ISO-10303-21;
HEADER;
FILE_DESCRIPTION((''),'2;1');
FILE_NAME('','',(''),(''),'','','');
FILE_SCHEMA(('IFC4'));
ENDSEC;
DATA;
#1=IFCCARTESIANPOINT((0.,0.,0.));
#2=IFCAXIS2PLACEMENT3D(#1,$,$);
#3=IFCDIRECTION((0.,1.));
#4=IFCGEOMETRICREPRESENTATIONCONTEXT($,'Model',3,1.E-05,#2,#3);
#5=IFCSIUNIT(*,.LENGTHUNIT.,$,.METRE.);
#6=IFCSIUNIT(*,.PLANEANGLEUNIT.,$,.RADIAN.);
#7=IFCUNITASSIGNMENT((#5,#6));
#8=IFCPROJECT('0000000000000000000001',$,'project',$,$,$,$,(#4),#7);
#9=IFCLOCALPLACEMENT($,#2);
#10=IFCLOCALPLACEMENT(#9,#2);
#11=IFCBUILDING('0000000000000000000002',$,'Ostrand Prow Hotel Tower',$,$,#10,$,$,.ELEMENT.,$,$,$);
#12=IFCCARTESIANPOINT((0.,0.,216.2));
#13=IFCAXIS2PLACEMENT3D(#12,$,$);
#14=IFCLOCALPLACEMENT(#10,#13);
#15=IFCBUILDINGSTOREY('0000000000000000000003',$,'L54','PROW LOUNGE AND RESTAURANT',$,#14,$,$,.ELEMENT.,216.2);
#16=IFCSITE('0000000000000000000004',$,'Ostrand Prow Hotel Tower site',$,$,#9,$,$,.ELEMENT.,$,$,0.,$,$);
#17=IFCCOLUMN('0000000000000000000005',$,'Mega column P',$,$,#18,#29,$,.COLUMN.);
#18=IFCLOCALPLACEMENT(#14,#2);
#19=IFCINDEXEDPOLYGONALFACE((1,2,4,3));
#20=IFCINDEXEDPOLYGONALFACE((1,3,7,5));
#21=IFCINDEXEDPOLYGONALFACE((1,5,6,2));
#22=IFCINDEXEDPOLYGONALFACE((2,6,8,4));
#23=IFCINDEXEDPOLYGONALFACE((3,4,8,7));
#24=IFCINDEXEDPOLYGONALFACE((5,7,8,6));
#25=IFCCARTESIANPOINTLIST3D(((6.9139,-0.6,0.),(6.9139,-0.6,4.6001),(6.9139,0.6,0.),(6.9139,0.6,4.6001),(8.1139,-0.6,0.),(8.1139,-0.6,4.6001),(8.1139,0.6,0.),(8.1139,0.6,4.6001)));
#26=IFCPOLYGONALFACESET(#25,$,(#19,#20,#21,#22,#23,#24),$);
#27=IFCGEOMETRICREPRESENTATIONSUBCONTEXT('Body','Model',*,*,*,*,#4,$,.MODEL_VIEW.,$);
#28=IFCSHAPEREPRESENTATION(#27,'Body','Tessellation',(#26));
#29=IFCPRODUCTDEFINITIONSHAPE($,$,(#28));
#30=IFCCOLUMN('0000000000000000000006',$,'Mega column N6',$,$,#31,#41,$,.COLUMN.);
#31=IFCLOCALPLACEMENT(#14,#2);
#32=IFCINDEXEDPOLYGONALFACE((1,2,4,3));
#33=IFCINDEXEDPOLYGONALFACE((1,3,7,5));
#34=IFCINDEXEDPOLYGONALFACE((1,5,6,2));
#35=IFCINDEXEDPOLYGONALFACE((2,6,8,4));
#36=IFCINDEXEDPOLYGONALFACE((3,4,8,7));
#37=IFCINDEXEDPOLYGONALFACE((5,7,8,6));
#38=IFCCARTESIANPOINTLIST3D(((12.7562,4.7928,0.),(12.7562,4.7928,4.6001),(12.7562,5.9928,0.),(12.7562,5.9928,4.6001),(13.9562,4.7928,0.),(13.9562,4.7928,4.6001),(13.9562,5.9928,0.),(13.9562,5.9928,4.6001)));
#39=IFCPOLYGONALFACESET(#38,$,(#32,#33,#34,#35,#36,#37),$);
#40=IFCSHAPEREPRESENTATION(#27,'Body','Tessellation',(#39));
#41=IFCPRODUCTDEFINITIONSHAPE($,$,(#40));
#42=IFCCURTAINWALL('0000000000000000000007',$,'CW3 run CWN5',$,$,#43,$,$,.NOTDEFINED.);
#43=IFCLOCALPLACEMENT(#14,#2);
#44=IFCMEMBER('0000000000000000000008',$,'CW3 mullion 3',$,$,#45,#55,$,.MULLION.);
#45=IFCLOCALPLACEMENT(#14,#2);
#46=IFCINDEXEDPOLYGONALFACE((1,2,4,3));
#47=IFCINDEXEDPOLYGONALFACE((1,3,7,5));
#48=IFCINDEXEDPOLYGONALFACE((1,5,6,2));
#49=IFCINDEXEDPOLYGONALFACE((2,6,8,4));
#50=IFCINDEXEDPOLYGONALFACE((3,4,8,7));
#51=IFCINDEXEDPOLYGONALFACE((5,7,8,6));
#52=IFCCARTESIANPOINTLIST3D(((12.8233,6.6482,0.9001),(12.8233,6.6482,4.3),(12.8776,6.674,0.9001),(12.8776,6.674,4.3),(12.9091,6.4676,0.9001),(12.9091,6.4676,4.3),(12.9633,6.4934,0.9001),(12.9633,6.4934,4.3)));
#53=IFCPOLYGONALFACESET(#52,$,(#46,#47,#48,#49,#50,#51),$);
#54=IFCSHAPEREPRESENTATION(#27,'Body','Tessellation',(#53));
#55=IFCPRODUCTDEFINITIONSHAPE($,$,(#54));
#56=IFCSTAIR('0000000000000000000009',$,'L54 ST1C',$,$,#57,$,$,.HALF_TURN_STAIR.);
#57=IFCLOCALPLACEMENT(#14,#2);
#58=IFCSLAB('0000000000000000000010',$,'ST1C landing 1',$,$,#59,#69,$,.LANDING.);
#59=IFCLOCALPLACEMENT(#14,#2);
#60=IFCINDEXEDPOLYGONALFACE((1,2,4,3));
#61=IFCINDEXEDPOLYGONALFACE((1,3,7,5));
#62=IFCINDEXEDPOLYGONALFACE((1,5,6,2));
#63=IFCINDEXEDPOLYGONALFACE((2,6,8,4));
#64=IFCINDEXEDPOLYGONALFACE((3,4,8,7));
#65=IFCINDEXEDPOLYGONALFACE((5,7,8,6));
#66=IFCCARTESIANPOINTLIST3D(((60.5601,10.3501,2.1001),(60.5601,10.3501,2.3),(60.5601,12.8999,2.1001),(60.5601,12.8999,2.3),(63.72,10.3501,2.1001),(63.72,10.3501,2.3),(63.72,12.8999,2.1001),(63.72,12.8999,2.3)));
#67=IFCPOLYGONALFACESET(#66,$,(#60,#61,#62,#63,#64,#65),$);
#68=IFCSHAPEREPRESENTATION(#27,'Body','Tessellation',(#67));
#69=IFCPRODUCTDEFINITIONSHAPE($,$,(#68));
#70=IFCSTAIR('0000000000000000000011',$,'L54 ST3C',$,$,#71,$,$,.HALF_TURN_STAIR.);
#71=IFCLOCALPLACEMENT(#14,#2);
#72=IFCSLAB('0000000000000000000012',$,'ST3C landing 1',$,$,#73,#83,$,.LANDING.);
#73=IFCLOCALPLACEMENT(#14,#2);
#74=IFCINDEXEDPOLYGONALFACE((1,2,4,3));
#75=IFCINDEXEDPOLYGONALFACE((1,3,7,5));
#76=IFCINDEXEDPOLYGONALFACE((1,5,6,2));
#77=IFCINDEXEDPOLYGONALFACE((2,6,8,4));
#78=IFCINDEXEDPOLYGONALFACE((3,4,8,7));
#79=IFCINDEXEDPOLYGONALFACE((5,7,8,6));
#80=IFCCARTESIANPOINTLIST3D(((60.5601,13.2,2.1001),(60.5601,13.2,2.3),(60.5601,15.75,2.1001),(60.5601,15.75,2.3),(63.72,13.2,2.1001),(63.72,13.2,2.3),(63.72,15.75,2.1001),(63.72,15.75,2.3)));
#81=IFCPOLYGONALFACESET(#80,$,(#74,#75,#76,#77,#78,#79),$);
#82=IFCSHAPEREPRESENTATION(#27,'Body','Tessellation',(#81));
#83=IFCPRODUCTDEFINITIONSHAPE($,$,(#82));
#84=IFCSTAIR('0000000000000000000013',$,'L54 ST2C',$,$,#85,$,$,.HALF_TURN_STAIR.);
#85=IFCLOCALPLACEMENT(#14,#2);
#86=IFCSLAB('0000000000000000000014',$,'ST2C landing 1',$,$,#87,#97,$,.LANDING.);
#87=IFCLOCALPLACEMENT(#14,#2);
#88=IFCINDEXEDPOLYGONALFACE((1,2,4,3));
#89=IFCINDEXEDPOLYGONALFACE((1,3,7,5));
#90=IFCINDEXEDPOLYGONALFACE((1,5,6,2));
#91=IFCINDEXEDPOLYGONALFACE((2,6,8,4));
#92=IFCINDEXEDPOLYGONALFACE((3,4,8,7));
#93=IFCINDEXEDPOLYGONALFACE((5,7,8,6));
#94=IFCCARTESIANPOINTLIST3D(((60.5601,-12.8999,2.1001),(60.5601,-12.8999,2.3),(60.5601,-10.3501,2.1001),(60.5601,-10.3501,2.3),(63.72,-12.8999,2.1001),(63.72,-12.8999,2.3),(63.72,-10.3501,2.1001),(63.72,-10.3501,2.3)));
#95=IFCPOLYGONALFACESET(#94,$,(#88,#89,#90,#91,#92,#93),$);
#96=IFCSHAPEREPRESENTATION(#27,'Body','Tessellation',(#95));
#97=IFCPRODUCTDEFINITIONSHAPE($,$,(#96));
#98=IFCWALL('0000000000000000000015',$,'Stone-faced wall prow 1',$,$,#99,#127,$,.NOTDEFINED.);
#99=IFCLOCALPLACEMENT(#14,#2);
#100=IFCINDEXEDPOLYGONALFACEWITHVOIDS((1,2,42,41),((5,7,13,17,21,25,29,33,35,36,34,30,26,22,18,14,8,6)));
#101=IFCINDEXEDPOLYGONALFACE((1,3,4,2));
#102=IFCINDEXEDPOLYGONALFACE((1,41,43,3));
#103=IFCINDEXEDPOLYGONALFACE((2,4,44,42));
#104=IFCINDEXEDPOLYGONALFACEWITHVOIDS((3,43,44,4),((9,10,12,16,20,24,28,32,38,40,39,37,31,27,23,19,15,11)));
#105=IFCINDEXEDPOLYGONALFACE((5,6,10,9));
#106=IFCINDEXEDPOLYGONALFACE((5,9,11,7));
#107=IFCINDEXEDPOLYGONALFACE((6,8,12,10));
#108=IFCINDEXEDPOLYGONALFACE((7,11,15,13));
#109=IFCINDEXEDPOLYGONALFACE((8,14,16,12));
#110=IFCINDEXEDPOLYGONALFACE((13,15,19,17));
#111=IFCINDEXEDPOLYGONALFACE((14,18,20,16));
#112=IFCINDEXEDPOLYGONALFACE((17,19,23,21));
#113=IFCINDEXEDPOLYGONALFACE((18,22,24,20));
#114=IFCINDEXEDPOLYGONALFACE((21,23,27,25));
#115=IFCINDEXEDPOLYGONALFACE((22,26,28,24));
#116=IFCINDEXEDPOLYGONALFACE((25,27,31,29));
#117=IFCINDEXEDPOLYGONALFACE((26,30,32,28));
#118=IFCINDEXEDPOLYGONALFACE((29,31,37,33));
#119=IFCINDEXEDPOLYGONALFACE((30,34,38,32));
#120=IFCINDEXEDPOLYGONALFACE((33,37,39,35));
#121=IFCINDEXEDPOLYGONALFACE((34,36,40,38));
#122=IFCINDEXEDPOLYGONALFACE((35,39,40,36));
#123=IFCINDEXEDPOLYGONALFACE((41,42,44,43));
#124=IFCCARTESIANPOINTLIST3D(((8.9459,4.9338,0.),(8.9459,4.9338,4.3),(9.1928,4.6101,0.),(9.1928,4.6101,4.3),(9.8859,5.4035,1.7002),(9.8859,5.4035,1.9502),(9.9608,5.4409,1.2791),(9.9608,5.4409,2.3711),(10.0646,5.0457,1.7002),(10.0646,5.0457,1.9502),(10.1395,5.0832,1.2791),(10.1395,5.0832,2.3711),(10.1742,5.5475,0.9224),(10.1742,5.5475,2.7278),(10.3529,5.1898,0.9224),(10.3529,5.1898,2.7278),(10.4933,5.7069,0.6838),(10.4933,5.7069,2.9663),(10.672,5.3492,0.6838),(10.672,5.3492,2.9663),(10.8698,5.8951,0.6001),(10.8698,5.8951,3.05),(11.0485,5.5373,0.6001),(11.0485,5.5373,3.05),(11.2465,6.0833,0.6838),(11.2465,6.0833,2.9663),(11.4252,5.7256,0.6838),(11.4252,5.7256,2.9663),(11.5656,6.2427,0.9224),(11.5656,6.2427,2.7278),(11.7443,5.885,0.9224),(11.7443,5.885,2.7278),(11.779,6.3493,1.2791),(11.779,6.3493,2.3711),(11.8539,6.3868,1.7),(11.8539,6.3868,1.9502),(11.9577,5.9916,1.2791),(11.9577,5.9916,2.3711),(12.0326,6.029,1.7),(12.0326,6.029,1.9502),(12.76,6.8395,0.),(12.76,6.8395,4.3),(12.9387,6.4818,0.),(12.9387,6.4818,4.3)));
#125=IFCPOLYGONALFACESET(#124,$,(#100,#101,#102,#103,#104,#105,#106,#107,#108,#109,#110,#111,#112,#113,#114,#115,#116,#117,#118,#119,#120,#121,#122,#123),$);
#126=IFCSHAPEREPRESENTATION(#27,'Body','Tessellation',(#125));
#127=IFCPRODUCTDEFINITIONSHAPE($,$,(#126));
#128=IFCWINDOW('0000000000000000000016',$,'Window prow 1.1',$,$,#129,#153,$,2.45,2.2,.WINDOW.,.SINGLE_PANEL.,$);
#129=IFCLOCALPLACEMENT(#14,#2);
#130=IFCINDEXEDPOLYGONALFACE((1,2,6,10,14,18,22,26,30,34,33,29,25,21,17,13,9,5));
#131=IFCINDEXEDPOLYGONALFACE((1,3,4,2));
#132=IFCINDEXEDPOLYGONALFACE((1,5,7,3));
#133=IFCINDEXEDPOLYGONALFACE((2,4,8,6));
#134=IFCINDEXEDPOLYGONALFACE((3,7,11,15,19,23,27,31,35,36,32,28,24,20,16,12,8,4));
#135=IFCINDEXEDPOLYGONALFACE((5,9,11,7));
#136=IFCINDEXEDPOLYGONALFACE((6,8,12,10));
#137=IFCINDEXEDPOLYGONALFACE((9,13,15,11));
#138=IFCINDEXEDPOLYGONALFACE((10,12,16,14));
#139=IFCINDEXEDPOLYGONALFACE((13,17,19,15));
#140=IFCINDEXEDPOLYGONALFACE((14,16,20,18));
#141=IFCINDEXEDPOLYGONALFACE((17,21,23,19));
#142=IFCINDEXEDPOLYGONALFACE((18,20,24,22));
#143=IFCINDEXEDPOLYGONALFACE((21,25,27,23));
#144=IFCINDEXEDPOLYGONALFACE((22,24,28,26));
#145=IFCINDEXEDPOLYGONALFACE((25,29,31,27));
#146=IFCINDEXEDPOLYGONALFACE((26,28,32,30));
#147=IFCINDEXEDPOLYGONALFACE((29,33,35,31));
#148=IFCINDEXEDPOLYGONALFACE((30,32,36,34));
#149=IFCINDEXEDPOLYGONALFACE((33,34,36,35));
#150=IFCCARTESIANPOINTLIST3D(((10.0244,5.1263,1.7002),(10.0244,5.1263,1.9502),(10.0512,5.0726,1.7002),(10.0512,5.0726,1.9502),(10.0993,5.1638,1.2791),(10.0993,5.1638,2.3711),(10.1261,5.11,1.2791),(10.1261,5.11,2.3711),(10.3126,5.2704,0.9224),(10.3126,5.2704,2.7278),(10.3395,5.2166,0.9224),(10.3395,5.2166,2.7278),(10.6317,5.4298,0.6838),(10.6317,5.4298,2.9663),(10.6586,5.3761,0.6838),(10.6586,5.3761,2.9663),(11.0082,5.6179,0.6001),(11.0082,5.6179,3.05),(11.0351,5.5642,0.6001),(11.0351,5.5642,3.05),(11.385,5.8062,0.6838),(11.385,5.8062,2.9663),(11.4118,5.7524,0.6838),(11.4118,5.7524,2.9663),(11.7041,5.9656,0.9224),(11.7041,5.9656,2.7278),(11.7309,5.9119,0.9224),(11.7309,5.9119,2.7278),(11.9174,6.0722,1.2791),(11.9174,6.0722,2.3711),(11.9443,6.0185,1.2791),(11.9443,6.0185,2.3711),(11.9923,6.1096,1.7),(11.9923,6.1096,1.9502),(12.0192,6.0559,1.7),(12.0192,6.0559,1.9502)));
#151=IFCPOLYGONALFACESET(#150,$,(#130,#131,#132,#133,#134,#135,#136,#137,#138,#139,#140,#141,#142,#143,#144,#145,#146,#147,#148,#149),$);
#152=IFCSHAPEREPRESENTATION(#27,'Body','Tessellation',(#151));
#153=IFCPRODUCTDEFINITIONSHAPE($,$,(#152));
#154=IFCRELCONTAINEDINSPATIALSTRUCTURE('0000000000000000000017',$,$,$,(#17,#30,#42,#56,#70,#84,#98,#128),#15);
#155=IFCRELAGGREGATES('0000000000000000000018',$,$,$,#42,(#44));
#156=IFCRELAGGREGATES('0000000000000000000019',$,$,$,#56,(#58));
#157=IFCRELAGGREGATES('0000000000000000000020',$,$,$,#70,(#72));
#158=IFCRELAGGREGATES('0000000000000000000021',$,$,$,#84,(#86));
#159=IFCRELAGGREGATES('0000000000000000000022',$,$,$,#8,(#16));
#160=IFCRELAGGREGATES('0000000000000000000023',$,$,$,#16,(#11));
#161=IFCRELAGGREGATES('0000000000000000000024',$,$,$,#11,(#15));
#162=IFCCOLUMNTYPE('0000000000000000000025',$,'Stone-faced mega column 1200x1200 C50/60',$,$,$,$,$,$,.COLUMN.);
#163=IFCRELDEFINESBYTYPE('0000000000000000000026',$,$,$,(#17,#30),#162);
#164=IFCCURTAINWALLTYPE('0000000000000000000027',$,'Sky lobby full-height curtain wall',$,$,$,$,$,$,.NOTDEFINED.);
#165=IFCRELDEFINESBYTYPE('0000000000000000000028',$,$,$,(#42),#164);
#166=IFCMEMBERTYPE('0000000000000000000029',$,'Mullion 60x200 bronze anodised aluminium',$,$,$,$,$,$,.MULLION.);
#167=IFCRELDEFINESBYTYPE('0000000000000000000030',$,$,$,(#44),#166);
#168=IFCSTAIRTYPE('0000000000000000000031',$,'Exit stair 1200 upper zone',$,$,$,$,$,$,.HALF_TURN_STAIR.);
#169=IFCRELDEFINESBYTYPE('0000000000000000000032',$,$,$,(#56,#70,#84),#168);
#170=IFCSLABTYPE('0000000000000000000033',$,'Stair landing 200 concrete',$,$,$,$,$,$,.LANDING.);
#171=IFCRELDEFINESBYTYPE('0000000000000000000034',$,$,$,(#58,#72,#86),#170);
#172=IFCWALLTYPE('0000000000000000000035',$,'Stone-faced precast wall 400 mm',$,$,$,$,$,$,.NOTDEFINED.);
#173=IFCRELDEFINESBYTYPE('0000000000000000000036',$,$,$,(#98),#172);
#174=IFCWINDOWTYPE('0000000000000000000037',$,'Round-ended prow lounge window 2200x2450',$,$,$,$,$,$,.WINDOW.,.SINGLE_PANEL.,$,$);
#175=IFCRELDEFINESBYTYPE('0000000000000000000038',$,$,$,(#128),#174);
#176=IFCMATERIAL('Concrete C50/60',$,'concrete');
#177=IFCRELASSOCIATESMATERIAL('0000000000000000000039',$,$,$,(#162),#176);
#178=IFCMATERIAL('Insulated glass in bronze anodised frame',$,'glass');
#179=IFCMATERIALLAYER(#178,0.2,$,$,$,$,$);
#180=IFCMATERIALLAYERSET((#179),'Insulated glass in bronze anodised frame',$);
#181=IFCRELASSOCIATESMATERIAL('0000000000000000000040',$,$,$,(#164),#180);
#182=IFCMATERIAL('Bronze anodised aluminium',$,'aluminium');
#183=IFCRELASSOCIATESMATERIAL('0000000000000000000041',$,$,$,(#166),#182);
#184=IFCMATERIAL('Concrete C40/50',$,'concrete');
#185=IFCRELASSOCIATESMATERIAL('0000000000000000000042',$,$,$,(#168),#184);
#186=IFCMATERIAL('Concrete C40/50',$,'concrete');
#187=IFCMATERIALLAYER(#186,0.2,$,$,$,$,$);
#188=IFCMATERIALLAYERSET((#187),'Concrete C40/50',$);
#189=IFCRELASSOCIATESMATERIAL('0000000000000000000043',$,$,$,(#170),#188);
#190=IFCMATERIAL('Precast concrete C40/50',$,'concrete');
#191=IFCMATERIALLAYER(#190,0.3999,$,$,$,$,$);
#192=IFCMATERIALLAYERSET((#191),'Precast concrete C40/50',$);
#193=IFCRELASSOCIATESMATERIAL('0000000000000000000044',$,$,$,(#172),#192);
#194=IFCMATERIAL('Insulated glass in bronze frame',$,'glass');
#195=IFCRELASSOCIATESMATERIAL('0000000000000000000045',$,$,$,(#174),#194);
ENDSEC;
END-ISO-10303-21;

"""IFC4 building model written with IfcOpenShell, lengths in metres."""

from ifc_helpers import new_model, si_unit, direction, frame, origin, origin_2d, place, context, subcontext, project, spatial, polyline, rectangle, outline, extrude, material, layer, layer_set, material_profile, profile_set, type_object, element, fill, aggregate, save


model = new_model("IFC4")

# Units and contexts
model_context = context("Model", 3, precision=1e-05, world=origin(), true_north=direction((0.0, 1.0)))
body_context = subcontext(model_context, "Body", "Model", "MODEL_VIEW")
ifc_project = project(units=[si_unit("LENGTHUNIT", "METRE"), si_unit("PLANEANGLEUNIT", "RADIAN")], contexts=[model_context])

# Site, building, storey
site_placement = place(None, origin())
site = spatial("IfcSite", under=ifc_project, at=site_placement, Name="Ostrand Prow Hotel Tower site", CompositionType="ELEMENT", RefElevation=0.0)
building_placement = place(site_placement, origin())
building = spatial("IfcBuilding", under=site, at=building_placement, Name="Ostrand Prow Hotel Tower", CompositionType="ELEMENT")
storey_placement = place(building_placement, frame((0.0, 0.0, 216.2)))
storey = spatial("IfcBuildingStorey", under=building, at=storey_placement, Name="L54", Description="PROW LOUNGE AND RESTAURANT", CompositionType="ELEMENT", Elevation=216.2)

# Columns
ifc_material_1 = material(Name="Concrete C50/60", Category="concrete")
ifc_material_profile_1 = material_profile(ifc_material_1, rectangle(XDim=1.2, YDim=1.2, at=origin_2d()), Name="RC 1200x1200")
ifc_profile_set_1 = profile_set([ifc_material_profile_1], Name="Concrete C50/60")
column_type = type_object("IfcColumnType", Name="Stone-faced mega column 1200x1200 C50/60", PredefinedType="COLUMN", material=ifc_profile_set_1)
for number, where, z_axis, x_axis, name in (
    (1, (7.5139, 0.0, 0.0), (0.0, 0.0, 1.0), (1.0, 0.0, 0.0), "Mega column P"),
    (2, (13.3562, 5.3928, 0.0), (0.0, 0.0, 1.0), (1.0, 0.0, 0.0), "Mega column N6"),
):
    element("IfcColumn", number, at=place(storey_placement, frame(where, z_axis=z_axis, x_axis=x_axis)), inside=storey, type_object=column_type, Name=name, PredefinedType="COLUMN", context=body_context, shape_type="SweptSolid", body=[
        extrude(rectangle(XDim=1.2, YDim=1.2, at=origin_2d()), origin(), (0.0, 0.0, 1.0), 4.6001),
    ])

# Curtain wall, member
ifc_material_2 = material(Name="Insulated glass in bronze anodised frame", Category="glass")
ifc_layer_1 = layer(ifc_material_2, 0.2)
ifc_layer_set_1 = layer_set([ifc_layer_1], Name="Insulated glass in bronze anodised frame")
curtain_wall_type = type_object("IfcCurtainWallType", Name="Sky lobby full-height curtain wall", PredefinedType="NOTDEFINED", material=ifc_layer_set_1)
curtain_wall_placement = place(storey_placement, origin())
curtain_wall = element("IfcCurtainWall", 3, at=curtain_wall_placement, inside=storey, type_object=curtain_wall_type, Name="CW3 run CWN5", PredefinedType="NOTDEFINED")
ifc_material_3 = material(Name="Bronze anodised aluminium", Category="aluminium")
ifc_material_profile_2 = material_profile(ifc_material_3, rectangle(XDim=0.2, YDim=0.0601, at=origin_2d()), Name="Mullion 60x200 bronze anodised aluminium")
ifc_profile_set_2 = profile_set([ifc_material_profile_2], Name="Bronze anodised aluminium")
member_type = type_object("IfcMemberType", Name="Mullion 60x200 bronze anodised aluminium", PredefinedType="MULLION", material=ifc_profile_set_2)
member_placement = place(storey_placement, frame((12.8933, 6.5708, 0.9001), z_axis=(0.0, 0.0, 1.0), x_axis=(0.428861, -0.90337, 0.0)))
member = element("IfcMember", 4, at=member_placement, type_object=member_type, Name="CW3 mullion 3", PredefinedType="MULLION", context=body_context, shape_type="SweptSolid", body=[
    extrude(rectangle(XDim=0.2, YDim=0.0601, at=origin_2d()), origin(), (0.0, 0.0, 1.0), 3.3999),
])
aggregate(curtain_wall, [member])

# Stairs, slabs
ifc_material_4 = material(Name="Concrete C40/50", Category="concrete")
stair_type = type_object("IfcStairType", Name="Exit stair 1200 upper zone", PredefinedType="HALF_TURN_STAIR", material=ifc_material_4)
stair_1_placement = place(storey_placement, origin())
stair_1 = element("IfcStair", 5, at=stair_1_placement, inside=storey, type_object=stair_type, Name="L54 ST1C", PredefinedType="HALF_TURN_STAIR")
ifc_material_5 = material(Name="Concrete C40/50", Category="concrete")
ifc_layer_2 = layer(ifc_material_5, 0.2)
ifc_layer_set_2 = layer_set([ifc_layer_2], Name="Concrete C40/50")
slab_type = type_object("IfcSlabType", Name="Stair landing 200 concrete", PredefinedType="LANDING", material=ifc_layer_set_2)
slab_1_placement = place(storey_placement, frame((0.0, 0.0, 2.1001)))
slab_1 = element("IfcSlab", 6, at=slab_1_placement, type_object=slab_type, Name="ST1C landing 1", PredefinedType="LANDING", context=body_context, shape_type="SweptSolid", body=[
    extrude(outline(polyline([(60.5601, 10.3501), (63.72, 10.3501), (63.72, 12.8999), (60.5601, 12.8999), (60.5601, 10.3501)])), origin(), (0.0, 0.0, 1.0), 0.2),
])
aggregate(stair_1, [slab_1])
stair_2_placement = place(storey_placement, origin())
stair_2 = element("IfcStair", 7, at=stair_2_placement, inside=storey, type_object=stair_type, Name="L54 ST3C", PredefinedType="HALF_TURN_STAIR")
slab_2_placement = place(storey_placement, frame((0.0, 0.0, 2.1001)))
slab_2 = element("IfcSlab", 8, at=slab_2_placement, type_object=slab_type, Name="ST3C landing 1", PredefinedType="LANDING", context=body_context, shape_type="SweptSolid", body=[
    extrude(outline(polyline([(60.5601, 13.2), (63.72, 13.2), (63.72, 15.75), (60.5601, 15.75), (60.5601, 13.2)])), origin(), (0.0, 0.0, 1.0), 0.2),
])
aggregate(stair_2, [slab_2])
stair_3_placement = place(storey_placement, origin())
stair_3 = element("IfcStair", 9, at=stair_3_placement, inside=storey, type_object=stair_type, Name="L54 ST2C", PredefinedType="HALF_TURN_STAIR")
slab_3_placement = place(storey_placement, frame((0.0, 0.0, 2.1001)))
slab_3 = element("IfcSlab", 10, at=slab_3_placement, type_object=slab_type, Name="ST2C landing 1", PredefinedType="LANDING", context=body_context, shape_type="SweptSolid", body=[
    extrude(outline(polyline([(60.5601, -12.8999), (63.72, -12.8999), (63.72, -10.3501), (60.5601, -10.3501), (60.5601, -12.8999)])), origin(), (0.0, 0.0, 1.0), 0.2),
])
aggregate(stair_3, [slab_3])

# Wall, opening, window
ifc_material_6 = material(Name="Precast concrete C40/50", Category="concrete")
ifc_layer_3 = layer(ifc_material_6, 0.3999)
ifc_layer_set_3 = layer_set([ifc_layer_3], Name="Precast concrete C40/50")
wall_type = type_object("IfcWallType", Name="Stone-faced precast wall 400 mm", PredefinedType="NOTDEFINED", material=ifc_layer_set_3)
wall_1_placement = place(storey_placement, frame((12.8494, 6.6606, 0.0), z_axis=(0.0, 0.0, 1.0), x_axis=(-0.894554, -0.446959, 0.0)))
wall_1 = element("IfcWall", 11, at=wall_1_placement, inside=storey, type_object=wall_type, Name="Stone-faced wall prow 1", PredefinedType="NOTDEFINED", context=body_context, shape_type="SweptSolid", body=[
    extrude(outline(polyline([(0.0, -0.2), (4.2637, -0.2), (4.1875, 0.2), (0.0, 0.2), (0.0, -0.2)])), origin(), (0.0, 0.0, 1.0), 4.3),
])
opening_1_placement = place(wall_1_placement, frame((1.0129, 0.0, 0.6001)))
opening_1 = element("IfcOpeningElement", 12, at=opening_1_placement, cuts=wall_1, PredefinedType="OPENING", context=body_context, shape_type="SweptSolid", body=[
    extrude(outline(polyline([(0.0, 1.3501), (0.0837, 1.771), (0.3223, 2.1277), (0.679, 2.3662), (1.1001, 2.45), (1.521, 2.3662), (1.8777, 2.1277), (2.1162, 1.771), (2.2, 1.3501), (2.2, 1.1001), (2.1162, 0.679), (1.8777, 0.3223), (1.521, 0.0837), (1.1001, 0.0), (0.679, 0.0837), (0.3223, 0.3223), (0.0837, 0.679), (0.0, 1.0999), (0.0, 1.3501)])), frame((0.0, 0.21, 0.0), z_axis=(0.0, -1.0, 0.0), x_axis=(1.0, 0.0, 0.0)), (0.0, 0.0, 1.0), 0.4199),
])
ifc_material_7 = material(Name="Insulated glass in bronze frame", Category="glass")
window_type = type_object("IfcWindowType", Name="Round-ended prow lounge window 2200x2450", PartitioningType="SINGLE_PANEL", PredefinedType="WINDOW", material=ifc_material_7)
window_1_placement = place(opening_1_placement, origin())
window_1 = element("IfcWindow", 13, at=window_1_placement, inside=storey, type_object=window_type, Name="Window prow 1.1", OverallHeight=2.45, OverallWidth=2.2, PartitioningType="SINGLE_PANEL", PredefinedType="WINDOW", context=body_context, shape_type="SweptSolid", body=[
    extrude(outline(polyline([(0.0, 1.3501), (0.0837, 1.771), (0.3223, 2.1277), (0.679, 2.3662), (1.1001, 2.45), (1.521, 2.3662), (1.8777, 2.1277), (2.1162, 1.771), (2.2, 1.3501), (2.2, 1.1001), (2.1162, 0.679), (1.8777, 0.3223), (1.521, 0.0837), (1.1001, 0.0), (0.679, 0.0837), (0.3223, 0.3223), (0.0837, 0.679), (0.0, 1.0999), (0.0, 1.3501)])), frame((0.0, 0.1699, 0.0), z_axis=(0.0, -1.0, 0.0), x_axis=(1.0, 0.0, 0.0)), (0.0, 0.0, 1.0), 0.0601),
])
fill(opening_1, window_1)

save(model, "model.ifc")
